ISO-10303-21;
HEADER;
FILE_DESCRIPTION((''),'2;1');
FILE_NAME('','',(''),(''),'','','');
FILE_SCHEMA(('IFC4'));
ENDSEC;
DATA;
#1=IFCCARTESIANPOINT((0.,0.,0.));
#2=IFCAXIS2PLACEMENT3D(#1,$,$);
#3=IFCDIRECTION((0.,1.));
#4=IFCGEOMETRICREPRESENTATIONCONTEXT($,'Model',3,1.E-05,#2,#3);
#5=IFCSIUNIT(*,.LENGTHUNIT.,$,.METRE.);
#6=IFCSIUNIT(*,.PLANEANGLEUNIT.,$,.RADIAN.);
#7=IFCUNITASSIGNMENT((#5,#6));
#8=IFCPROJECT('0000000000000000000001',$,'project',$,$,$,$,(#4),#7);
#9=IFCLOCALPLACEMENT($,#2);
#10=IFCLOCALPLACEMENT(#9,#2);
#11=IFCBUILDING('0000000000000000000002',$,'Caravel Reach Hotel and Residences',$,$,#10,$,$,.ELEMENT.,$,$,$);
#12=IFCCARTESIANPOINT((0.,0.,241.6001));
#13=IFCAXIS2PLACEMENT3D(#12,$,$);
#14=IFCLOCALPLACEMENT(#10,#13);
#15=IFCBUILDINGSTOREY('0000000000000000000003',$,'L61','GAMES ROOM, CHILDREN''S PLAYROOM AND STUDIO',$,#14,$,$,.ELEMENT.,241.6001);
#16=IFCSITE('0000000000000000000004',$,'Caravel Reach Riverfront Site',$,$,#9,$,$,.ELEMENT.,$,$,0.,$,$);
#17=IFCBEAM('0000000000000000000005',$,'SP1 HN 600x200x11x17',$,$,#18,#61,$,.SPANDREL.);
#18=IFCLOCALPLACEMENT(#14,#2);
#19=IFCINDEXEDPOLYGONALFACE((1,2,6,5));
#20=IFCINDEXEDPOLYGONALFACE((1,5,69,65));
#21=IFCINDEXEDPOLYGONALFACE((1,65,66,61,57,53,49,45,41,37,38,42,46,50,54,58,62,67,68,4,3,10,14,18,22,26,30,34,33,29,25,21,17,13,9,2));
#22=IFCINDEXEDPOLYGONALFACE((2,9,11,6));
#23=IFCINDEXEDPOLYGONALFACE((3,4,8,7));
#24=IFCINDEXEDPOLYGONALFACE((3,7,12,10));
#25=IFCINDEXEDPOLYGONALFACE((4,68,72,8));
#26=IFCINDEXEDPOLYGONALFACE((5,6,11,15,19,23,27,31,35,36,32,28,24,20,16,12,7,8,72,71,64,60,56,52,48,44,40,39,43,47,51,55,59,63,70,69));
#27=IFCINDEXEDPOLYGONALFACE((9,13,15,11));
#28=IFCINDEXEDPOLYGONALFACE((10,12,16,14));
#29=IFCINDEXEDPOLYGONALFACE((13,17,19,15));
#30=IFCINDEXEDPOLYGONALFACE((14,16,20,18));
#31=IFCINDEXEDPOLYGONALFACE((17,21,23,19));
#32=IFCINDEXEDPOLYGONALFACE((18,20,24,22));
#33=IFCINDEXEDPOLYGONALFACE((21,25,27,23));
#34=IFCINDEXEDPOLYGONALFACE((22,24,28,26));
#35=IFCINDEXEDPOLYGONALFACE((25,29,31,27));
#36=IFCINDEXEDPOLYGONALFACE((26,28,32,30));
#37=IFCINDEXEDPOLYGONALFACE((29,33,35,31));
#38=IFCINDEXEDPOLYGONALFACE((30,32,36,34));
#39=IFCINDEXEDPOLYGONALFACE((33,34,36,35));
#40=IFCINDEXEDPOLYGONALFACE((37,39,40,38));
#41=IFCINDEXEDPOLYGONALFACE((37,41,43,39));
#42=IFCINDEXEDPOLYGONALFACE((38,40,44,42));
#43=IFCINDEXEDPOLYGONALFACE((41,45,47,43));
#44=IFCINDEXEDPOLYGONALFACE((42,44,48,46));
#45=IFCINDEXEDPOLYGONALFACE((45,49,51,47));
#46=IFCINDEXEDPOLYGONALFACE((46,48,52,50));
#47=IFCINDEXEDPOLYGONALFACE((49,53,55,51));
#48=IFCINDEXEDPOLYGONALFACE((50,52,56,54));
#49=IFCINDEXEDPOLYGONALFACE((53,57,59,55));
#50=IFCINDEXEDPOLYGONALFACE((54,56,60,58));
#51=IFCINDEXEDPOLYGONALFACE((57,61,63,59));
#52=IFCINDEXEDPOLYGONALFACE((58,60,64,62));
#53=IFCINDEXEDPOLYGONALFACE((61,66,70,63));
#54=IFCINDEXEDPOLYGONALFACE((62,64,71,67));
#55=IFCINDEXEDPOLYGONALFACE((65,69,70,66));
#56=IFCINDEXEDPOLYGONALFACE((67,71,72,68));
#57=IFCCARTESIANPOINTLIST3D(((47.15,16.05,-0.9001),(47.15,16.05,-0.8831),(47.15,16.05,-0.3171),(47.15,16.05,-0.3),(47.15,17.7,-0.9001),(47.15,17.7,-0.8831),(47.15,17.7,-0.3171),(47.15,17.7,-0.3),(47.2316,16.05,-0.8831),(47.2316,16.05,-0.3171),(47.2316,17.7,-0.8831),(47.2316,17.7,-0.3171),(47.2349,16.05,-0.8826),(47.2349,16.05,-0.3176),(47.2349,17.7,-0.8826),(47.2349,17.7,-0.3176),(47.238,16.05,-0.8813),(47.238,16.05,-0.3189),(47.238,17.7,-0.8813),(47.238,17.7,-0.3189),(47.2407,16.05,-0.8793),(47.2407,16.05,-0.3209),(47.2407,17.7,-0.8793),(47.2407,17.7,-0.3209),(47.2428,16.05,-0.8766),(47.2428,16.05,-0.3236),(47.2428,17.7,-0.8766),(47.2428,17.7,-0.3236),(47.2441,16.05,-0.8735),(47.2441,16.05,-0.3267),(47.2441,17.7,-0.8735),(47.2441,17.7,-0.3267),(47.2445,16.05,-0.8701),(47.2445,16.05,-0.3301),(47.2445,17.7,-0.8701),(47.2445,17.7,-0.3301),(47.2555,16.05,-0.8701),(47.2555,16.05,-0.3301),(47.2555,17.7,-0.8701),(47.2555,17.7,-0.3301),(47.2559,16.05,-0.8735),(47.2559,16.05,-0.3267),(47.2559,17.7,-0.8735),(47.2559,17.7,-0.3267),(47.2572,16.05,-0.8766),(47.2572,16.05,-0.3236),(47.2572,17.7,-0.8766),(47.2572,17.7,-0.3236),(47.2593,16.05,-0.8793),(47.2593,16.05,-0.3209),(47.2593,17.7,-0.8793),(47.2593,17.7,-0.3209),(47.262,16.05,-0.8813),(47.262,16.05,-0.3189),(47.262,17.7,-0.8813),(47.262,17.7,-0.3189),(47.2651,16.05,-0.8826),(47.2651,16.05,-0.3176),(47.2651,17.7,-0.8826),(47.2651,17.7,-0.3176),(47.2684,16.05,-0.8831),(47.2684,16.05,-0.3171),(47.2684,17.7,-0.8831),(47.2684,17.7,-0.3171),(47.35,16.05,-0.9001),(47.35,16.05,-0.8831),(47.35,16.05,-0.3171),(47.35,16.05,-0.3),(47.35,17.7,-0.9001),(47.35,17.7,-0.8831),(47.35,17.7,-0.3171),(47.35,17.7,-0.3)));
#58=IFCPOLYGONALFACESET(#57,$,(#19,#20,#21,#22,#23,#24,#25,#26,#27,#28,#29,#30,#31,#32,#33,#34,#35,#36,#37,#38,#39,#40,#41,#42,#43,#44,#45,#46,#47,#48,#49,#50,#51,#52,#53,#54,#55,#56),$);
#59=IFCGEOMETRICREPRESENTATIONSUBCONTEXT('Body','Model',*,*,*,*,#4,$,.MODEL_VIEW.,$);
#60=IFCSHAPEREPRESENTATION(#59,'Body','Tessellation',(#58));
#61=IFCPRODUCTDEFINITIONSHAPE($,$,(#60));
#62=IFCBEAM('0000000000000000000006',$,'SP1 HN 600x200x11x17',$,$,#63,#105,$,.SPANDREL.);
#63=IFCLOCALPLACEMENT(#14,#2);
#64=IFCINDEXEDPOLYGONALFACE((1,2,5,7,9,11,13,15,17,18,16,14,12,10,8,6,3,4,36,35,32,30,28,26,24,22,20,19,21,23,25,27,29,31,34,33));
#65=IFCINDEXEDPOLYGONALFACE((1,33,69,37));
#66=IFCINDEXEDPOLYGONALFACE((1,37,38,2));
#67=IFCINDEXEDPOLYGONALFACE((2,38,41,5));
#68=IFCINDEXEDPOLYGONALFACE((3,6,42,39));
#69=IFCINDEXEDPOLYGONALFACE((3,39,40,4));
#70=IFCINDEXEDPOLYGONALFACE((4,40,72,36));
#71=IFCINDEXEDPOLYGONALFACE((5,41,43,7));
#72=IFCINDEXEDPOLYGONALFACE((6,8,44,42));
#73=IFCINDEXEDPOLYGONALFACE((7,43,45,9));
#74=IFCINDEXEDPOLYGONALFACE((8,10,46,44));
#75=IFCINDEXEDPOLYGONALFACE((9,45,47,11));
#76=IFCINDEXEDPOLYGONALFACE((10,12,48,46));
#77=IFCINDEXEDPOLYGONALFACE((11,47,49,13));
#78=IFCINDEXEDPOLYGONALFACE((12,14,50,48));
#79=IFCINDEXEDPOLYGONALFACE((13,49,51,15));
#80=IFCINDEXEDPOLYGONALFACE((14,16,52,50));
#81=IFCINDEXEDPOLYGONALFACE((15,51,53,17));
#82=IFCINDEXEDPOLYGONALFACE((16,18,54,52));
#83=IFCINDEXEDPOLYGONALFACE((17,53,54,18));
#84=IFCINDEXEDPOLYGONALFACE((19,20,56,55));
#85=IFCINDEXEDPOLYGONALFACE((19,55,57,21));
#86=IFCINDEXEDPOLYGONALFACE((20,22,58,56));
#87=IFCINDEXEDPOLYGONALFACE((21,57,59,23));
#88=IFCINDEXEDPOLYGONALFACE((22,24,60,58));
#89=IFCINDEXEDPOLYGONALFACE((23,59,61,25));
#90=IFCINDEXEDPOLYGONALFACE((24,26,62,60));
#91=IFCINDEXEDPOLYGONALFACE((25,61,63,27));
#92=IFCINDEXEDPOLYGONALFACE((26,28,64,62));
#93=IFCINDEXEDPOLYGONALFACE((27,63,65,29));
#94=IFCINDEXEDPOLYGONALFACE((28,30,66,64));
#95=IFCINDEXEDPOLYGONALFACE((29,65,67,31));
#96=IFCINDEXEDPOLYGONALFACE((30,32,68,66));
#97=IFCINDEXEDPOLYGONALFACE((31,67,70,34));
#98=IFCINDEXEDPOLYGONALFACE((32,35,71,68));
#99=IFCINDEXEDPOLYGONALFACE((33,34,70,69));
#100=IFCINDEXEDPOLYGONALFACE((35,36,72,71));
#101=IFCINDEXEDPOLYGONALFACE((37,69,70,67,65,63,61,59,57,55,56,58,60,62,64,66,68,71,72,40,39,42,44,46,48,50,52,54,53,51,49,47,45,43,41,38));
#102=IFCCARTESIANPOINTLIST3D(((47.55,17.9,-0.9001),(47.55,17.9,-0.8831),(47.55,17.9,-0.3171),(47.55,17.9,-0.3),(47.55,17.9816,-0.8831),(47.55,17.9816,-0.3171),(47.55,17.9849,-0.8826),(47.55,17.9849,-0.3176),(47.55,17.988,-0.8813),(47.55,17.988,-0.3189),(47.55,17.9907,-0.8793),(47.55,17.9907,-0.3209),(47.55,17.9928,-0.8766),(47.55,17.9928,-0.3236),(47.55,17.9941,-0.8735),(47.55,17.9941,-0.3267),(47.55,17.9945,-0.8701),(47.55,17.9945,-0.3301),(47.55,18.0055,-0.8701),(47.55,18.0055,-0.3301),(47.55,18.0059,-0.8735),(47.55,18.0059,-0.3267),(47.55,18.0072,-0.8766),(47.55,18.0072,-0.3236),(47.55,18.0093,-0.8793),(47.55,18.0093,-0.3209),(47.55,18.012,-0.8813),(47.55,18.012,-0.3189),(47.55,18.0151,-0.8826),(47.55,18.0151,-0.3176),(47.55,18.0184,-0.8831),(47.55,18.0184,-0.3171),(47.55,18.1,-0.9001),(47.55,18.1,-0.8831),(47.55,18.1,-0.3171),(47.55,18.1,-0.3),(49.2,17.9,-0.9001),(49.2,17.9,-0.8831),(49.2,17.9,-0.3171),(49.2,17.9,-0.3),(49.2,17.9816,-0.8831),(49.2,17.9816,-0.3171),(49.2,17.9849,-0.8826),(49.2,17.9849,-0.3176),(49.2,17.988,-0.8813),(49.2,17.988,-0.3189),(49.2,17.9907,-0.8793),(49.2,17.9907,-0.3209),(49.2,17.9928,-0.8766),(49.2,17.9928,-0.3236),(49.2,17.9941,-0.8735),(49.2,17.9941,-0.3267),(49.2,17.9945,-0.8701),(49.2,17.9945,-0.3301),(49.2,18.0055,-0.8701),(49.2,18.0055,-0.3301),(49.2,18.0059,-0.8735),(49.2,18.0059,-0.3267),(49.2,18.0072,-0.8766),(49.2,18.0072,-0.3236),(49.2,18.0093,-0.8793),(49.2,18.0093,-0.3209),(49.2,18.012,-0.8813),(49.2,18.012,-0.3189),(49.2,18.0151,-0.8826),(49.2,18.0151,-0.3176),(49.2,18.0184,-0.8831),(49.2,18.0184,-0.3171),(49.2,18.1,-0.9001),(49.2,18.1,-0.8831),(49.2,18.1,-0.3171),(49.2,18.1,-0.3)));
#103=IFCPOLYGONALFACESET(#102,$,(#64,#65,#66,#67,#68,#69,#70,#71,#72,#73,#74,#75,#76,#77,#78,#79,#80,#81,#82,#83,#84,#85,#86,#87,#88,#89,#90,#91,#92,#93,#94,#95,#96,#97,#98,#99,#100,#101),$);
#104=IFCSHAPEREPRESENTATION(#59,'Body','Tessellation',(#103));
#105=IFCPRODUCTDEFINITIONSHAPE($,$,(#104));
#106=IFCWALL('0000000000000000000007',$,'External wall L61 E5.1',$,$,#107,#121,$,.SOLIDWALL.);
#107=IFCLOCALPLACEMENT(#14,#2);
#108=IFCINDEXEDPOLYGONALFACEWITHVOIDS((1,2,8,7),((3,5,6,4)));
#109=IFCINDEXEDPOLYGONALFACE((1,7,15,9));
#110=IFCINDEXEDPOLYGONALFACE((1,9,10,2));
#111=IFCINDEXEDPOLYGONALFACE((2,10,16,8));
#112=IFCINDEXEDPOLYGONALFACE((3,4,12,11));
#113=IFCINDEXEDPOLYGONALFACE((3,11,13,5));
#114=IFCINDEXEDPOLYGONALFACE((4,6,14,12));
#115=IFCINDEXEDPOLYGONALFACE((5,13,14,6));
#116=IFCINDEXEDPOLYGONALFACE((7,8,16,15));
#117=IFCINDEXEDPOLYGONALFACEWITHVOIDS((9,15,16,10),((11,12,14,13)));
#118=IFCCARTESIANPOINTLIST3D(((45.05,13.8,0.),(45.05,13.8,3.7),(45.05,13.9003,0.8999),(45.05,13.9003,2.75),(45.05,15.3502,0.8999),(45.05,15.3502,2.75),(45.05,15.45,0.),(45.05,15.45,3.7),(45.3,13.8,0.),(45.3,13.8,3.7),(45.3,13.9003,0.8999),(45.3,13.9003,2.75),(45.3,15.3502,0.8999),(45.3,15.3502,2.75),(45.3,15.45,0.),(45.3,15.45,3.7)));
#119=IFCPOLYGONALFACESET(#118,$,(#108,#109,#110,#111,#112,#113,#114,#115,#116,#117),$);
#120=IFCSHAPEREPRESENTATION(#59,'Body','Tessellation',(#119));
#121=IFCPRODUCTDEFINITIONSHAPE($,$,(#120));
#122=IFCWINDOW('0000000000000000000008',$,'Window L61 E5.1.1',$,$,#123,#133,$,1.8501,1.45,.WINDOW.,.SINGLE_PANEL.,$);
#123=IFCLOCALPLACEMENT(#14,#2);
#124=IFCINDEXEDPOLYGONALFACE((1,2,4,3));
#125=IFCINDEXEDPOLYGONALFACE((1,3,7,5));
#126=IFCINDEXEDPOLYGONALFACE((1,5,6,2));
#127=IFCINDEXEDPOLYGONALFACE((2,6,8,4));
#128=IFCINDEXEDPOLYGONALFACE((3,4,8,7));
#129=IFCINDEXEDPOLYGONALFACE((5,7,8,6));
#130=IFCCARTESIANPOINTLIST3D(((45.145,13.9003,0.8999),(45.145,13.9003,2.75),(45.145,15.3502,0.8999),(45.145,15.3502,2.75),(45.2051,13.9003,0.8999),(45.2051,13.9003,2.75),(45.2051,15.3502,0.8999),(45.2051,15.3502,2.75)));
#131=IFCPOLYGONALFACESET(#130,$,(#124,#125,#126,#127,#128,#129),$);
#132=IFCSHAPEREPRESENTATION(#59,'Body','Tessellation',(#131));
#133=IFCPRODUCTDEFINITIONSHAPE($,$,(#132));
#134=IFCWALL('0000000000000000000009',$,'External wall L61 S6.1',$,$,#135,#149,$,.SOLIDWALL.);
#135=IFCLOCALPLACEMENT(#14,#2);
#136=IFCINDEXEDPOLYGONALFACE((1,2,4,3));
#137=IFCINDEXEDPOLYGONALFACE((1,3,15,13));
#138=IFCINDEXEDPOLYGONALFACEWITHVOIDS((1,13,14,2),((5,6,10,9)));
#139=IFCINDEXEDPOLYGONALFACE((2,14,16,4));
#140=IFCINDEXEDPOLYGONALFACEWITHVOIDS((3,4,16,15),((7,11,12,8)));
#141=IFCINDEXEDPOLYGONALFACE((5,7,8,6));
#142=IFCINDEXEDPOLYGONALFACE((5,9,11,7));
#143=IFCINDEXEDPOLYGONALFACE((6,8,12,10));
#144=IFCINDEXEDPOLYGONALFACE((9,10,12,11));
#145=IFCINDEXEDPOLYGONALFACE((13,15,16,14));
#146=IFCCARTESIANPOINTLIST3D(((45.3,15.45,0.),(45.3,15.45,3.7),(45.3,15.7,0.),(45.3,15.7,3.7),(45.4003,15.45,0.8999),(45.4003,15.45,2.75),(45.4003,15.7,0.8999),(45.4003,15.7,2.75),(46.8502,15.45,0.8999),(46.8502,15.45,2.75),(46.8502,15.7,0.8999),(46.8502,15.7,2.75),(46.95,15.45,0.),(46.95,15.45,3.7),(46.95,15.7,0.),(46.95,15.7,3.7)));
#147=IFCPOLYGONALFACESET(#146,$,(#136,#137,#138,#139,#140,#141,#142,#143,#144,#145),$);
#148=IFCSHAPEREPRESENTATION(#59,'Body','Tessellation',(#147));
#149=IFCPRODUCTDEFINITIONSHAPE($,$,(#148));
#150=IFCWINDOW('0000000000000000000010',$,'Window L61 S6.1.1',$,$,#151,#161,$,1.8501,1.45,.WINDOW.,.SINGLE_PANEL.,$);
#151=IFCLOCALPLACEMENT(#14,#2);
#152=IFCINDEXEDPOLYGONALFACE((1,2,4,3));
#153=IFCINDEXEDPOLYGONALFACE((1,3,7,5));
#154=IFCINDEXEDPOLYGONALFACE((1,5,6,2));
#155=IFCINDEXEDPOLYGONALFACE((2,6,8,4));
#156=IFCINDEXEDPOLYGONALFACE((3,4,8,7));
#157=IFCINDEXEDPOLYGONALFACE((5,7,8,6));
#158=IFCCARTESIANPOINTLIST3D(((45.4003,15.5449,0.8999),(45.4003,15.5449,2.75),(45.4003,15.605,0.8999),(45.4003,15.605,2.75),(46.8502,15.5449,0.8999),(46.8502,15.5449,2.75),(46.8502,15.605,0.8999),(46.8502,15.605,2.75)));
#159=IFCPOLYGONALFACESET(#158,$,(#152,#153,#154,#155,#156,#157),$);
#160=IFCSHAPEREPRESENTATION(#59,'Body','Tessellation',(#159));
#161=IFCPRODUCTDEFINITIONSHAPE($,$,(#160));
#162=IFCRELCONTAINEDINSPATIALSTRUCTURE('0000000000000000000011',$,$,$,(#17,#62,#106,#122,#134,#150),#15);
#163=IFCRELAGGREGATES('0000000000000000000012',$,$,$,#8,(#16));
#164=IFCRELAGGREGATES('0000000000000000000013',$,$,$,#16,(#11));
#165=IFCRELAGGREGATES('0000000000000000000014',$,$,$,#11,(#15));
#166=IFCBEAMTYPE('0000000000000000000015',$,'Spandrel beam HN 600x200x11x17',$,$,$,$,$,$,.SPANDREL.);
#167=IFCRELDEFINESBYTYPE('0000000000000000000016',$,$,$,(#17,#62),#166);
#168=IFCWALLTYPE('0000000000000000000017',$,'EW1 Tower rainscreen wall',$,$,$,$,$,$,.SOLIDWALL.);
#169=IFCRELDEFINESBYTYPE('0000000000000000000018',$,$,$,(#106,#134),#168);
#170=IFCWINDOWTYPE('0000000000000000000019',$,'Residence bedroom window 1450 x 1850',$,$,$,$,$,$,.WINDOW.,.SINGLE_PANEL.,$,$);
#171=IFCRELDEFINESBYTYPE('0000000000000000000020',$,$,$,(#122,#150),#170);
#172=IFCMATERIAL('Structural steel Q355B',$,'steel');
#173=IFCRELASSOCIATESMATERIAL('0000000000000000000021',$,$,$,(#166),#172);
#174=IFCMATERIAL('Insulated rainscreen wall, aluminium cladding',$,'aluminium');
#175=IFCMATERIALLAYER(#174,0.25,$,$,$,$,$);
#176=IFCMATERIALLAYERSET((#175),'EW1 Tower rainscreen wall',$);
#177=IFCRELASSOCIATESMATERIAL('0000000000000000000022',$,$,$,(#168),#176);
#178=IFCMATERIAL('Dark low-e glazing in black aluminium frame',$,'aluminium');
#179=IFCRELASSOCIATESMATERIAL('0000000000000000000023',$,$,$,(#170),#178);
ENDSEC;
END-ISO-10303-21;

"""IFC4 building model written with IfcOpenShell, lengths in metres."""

from ifc_helpers import new_model, si_unit, direction, frame, frame_2d, origin, origin_2d, place, context, subcontext, project, spatial, rectangle, i_section, extrude, material, layer, layer_set, material_profile, profile_set, type_object, element, fill, save


model = new_model("IFC4")

# Units and contexts
model_context = context("Model", 3, precision=1e-05, world=origin(), true_north=direction((0.0, 1.0)))
body_context = subcontext(model_context, "Body", "Model", "MODEL_VIEW")
ifc_project = project(units=[si_unit("LENGTHUNIT", "METRE"), si_unit("PLANEANGLEUNIT", "RADIAN")], contexts=[model_context])

# Site, building, storey
site_placement = place(None, origin())
site = spatial("IfcSite", under=ifc_project, at=site_placement, Name="Caravel Reach Riverfront Site", CompositionType="ELEMENT", RefElevation=0.0)
building_placement = place(site_placement, origin())
building = spatial("IfcBuilding", under=site, at=building_placement, Name="Caravel Reach Hotel and Residences", CompositionType="ELEMENT")
storey_placement = place(building_placement, frame((0.0, 0.0, 241.6001)))
storey = spatial("IfcBuildingStorey", under=building, at=storey_placement, Name="L61", Description="GAMES ROOM, CHILDREN'S PLAYROOM AND STUDIO", CompositionType="ELEMENT", Elevation=241.6001)

# Beams
ifc_material_1 = material(Name="Structural steel Q355B", Category="steel")
ifc_material_profile_1 = material_profile(ifc_material_1, i_section(OverallWidth=0.2, OverallDepth=0.6001, WebThickness=0.011, FlangeThickness=0.0171, FilletRadius=0.0129, at=origin_2d()), Name="HN 600x200x11x17")
ifc_profile_set_1 = profile_set([ifc_material_profile_1], Name="Structural steel Q355B")
beam_type = type_object("IfcBeamType", Name="Spandrel beam HN 600x200x11x17", PredefinedType="SPANDREL", material=ifc_profile_set_1)
for number, where, z_axis, x_axis, name in (
    (1, (47.25, 16.05, -0.6001), (0.0, 1.0, 0.0), (-1.0, 0.0, 0.0), "SP1 HN 600x200x11x17"),
    (2, (47.55, 18.0, -0.6001), (1.0, 0.0, 0.0), (0.0, 1.0, 0.0), "SP1 HN 600x200x11x17"),
):
    element("IfcBeam", number, at=place(storey_placement, frame(where, z_axis=z_axis, x_axis=x_axis)), inside=storey, type_object=beam_type, Name=name, PredefinedType="SPANDREL", context=body_context, shape_type="SweptSolid", body=[
        extrude(i_section(OverallWidth=0.2, OverallDepth=0.6001, WebThickness=0.011, FlangeThickness=0.0171, FilletRadius=0.0129, at=origin_2d()), origin(), (0.0, 0.0, 1.0), 1.6499),
    ])

# Walls, openings, windows
ifc_material_2 = material(Name="Insulated rainscreen wall, aluminium cladding", Category="aluminium")
ifc_layer = layer(ifc_material_2, 0.25)
ifc_layer_set = layer_set([ifc_layer], Name="EW1 Tower rainscreen wall")
wall_type = type_object("IfcWallType", Name="EW1 Tower rainscreen wall", PredefinedType="SOLIDWALL", material=ifc_layer_set)
wall_1_placement = place(storey_placement, frame((45.175, 13.8, 0.0), z_axis=(0.0, 0.0, 1.0), x_axis=(0.0, 1.0, 0.0)))
wall_1 = element("IfcWall", 3, at=wall_1_placement, inside=storey, type_object=wall_type, Name="External wall L61 E5.1", PredefinedType="SOLIDWALL", context=body_context, shape_type="SweptSolid", body=[
    extrude(rectangle(XDim=1.6499, YDim=0.25, at=frame_2d((0.825, 0.0))), origin(), (0.0, 0.0, 1.0), 3.7),
])
opening_1_placement = place(wall_1_placement, frame((0.1001, 0.0, 0.8999)))
opening_1 = element("IfcOpeningElement", 4, at=opening_1_placement, cuts=wall_1, PredefinedType="OPENING", context=body_context, shape_type="SweptSolid", body=[
    extrude(rectangle(XDim=1.45, YDim=1.8501, at=frame_2d((0.7251, 0.925))), frame((0.0, 0.135, 0.0), z_axis=(0.0, -1.0, 0.0), x_axis=(1.0, 0.0, 0.0)), (0.0, 0.0, 1.0), 0.27),
])
ifc_material_3 = material(Name="Dark low-e glazing in black aluminium frame", Category="aluminium")
window_type = type_object("IfcWindowType", Name="Residence bedroom window 1450 x 1850", PartitioningType="SINGLE_PANEL", PredefinedType="WINDOW", material=ifc_material_3)
window_1_placement = place(opening_1_placement, origin())
window_1 = element("IfcWindow", 5, at=window_1_placement, inside=storey, type_object=window_type, Name="Window L61 E5.1.1", OverallHeight=1.8501, OverallWidth=1.45, PartitioningType="SINGLE_PANEL", PredefinedType="WINDOW", context=body_context, shape_type="SweptSolid", body=[
    extrude(rectangle(XDim=1.45, YDim=1.8501, at=frame_2d((0.7251, 0.925))), frame((0.0, 0.03, 0.0), z_axis=(0.0, -1.0, 0.0), x_axis=(1.0, 0.0, 0.0)), (0.0, 0.0, 1.0), 0.0601),
])
fill(opening_1, window_1)
wall_2_placement = place(storey_placement, frame((45.3, 15.575, 0.0), z_axis=(0.0, 0.0, 1.0), x_axis=(1.0, 0.0, 0.0)))
wall_2 = element("IfcWall", 6, at=wall_2_placement, inside=storey, type_object=wall_type, Name="External wall L61 S6.1", PredefinedType="SOLIDWALL", context=body_context, shape_type="SweptSolid", body=[
    extrude(rectangle(XDim=1.6499, YDim=0.25, at=frame_2d((0.825, 0.0))), origin(), (0.0, 0.0, 1.0), 3.7),
])
opening_2_placement = place(wall_2_placement, frame((0.1001, 0.0, 0.8999)))
opening_2 = element("IfcOpeningElement", 7, at=opening_2_placement, cuts=wall_2, PredefinedType="OPENING", context=body_context, shape_type="SweptSolid", body=[
    extrude(rectangle(XDim=1.45, YDim=1.8501, at=frame_2d((0.7251, 0.925))), frame((0.0, 0.135, 0.0), z_axis=(0.0, -1.0, 0.0), x_axis=(1.0, 0.0, 0.0)), (0.0, 0.0, 1.0), 0.27),
])
window_2_placement = place(opening_2_placement, origin())
window_2 = element("IfcWindow", 8, at=window_2_placement, inside=storey, type_object=window_type, Name="Window L61 S6.1.1", OverallHeight=1.8501, OverallWidth=1.45, PartitioningType="SINGLE_PANEL", PredefinedType="WINDOW", context=body_context, shape_type="SweptSolid", body=[
    extrude(rectangle(XDim=1.45, YDim=1.8501, at=frame_2d((0.7251, 0.925))), frame((0.0, 0.03, 0.0), z_axis=(0.0, -1.0, 0.0), x_axis=(1.0, 0.0, 0.0)), (0.0, 0.0, 1.0), 0.0601),
])
fill(opening_2, window_2)

save(model, "model.ifc")
